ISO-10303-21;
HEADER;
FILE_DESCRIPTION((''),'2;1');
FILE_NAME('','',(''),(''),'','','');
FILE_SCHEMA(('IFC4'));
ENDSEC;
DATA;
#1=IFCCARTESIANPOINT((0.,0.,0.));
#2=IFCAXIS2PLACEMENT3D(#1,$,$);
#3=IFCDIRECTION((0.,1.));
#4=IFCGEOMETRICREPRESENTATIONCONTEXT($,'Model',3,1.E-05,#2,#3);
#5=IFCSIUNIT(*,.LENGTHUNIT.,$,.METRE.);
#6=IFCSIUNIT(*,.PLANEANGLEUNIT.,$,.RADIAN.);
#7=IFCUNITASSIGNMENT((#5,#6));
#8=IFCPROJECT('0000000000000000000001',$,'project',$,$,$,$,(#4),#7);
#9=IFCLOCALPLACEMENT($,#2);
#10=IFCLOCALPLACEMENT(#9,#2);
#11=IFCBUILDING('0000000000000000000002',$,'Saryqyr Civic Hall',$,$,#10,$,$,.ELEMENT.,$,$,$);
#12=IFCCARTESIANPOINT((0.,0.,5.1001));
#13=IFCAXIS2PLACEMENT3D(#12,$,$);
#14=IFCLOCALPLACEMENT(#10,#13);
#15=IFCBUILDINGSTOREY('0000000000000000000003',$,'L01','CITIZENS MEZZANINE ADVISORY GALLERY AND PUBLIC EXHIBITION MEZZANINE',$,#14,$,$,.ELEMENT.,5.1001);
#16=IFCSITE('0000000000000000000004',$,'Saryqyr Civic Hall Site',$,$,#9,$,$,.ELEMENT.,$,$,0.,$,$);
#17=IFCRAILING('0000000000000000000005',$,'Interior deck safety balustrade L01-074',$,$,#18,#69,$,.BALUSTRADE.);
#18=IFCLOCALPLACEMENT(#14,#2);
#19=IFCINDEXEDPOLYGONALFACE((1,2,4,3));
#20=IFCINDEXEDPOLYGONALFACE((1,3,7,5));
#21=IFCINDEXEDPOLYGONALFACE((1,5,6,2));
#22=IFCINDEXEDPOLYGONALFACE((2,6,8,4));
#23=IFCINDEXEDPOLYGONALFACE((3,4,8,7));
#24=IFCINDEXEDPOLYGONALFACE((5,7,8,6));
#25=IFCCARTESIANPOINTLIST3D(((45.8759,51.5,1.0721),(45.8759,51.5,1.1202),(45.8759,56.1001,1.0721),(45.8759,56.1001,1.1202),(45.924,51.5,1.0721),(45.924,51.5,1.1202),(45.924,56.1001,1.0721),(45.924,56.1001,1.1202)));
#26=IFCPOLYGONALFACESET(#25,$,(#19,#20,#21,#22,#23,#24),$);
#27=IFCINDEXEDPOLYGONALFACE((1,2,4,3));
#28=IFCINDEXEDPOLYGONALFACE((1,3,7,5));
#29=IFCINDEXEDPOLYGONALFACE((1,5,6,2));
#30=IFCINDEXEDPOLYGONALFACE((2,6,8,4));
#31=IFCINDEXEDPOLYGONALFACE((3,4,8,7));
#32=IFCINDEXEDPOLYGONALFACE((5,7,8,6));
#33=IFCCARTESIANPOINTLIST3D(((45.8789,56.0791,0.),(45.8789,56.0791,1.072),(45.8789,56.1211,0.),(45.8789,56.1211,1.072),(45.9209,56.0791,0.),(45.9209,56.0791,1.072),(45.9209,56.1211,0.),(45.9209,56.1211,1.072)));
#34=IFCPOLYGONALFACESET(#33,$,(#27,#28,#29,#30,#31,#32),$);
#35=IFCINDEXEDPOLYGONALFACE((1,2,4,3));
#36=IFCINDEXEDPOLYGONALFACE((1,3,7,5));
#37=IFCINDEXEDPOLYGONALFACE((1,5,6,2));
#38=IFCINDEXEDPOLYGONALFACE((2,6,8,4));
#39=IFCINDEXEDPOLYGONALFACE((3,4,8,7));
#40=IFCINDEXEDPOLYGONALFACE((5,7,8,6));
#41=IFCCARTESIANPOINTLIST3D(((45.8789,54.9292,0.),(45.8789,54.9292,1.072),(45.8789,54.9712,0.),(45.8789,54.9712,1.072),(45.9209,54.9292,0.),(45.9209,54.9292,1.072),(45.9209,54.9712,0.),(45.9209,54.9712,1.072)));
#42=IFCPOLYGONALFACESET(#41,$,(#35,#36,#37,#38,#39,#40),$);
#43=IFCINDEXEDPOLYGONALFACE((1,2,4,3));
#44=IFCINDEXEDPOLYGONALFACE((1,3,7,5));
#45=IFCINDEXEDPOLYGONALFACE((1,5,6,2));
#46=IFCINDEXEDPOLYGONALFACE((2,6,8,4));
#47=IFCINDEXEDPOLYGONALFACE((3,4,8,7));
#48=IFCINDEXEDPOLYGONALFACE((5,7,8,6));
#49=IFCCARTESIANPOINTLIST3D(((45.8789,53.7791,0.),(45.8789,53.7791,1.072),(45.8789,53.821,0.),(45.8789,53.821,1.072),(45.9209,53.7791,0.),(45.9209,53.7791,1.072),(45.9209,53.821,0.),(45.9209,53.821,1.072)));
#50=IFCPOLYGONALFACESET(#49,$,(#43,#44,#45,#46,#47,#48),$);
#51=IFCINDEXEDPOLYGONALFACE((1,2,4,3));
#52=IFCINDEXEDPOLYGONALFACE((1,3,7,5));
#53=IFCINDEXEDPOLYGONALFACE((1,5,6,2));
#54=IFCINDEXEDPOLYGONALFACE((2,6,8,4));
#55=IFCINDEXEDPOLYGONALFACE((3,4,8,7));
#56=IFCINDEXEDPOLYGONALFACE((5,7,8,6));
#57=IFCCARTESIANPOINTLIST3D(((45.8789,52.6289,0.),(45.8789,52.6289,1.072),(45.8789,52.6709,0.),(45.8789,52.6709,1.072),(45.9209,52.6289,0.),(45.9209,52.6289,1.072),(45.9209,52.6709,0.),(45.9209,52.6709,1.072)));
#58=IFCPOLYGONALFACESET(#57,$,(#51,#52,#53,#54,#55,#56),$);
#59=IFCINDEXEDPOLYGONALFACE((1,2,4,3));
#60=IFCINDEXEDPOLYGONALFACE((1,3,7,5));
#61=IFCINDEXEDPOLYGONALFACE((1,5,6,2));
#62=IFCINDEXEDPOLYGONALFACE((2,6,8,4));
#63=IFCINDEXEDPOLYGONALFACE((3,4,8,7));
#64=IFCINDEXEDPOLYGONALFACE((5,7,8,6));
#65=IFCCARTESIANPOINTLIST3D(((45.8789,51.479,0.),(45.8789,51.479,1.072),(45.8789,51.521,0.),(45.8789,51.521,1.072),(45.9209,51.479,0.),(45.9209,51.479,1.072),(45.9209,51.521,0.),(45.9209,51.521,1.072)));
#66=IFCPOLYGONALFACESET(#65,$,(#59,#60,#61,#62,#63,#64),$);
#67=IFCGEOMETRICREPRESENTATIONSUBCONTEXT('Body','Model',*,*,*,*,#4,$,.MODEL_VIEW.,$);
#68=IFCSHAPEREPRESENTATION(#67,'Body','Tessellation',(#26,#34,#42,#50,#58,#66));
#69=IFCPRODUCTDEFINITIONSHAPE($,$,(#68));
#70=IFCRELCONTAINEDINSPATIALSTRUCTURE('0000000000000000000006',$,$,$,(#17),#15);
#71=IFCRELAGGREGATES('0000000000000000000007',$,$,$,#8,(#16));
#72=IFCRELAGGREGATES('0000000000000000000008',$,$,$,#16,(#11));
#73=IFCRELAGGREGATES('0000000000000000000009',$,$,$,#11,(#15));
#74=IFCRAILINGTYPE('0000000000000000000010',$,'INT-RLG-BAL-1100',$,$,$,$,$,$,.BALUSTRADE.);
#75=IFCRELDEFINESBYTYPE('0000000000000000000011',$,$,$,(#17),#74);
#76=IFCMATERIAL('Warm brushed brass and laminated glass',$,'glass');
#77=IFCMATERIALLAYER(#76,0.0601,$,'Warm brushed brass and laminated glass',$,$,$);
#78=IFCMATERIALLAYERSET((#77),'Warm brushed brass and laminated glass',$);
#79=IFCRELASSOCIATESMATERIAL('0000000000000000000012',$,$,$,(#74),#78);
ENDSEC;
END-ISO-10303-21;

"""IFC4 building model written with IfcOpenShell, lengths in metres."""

from ifc_helpers import new_model, si_unit, direction, frame, origin, origin_2d, place, context, subcontext, project, spatial, rectangle, extrude, material, layer, layer_set, type_object, element, save


model = new_model("IFC4")

# Units and contexts
model_context = context("Model", 3, precision=1e-05, world=origin(), true_north=direction((0.0, 1.0)))
body_context = subcontext(model_context, "Body", "Model", "MODEL_VIEW")
ifc_project = project(units=[si_unit("LENGTHUNIT", "METRE"), si_unit("PLANEANGLEUNIT", "RADIAN")], contexts=[model_context])

# Site, building, storey
site_placement = place(None, origin())
site = spatial("IfcSite", under=ifc_project, at=site_placement, Name="Saryqyr Civic Hall Site", CompositionType="ELEMENT", RefElevation=0.0)
building_placement = place(site_placement, origin())
building = spatial("IfcBuilding", under=site, at=building_placement, Name="Saryqyr Civic Hall", CompositionType="ELEMENT")
storey_placement = place(building_placement, frame((0.0, 0.0, 5.1001)))
storey = spatial("IfcBuildingStorey", under=building, at=storey_placement, Name="L01", Description="CITIZENS MEZZANINE ADVISORY GALLERY AND PUBLIC EXHIBITION MEZZANINE", CompositionType="ELEMENT", Elevation=5.1001)

# Railing
ifc_material_1 = material(Name="Warm brushed brass and laminated glass", Category="glass")
ifc_layer_1 = layer(ifc_material_1, 0.0601, Name="Warm brushed brass and laminated glass")
ifc_layer_set_1 = layer_set([ifc_layer_1], Name="Warm brushed brass and laminated glass")
railing_type = type_object("IfcRailingType", Name="INT-RLG-BAL-1100", PredefinedType="BALUSTRADE", material=ifc_layer_set_1)
railing_1_placement = place(storey_placement, frame((45.8999, 56.1001, 0.0)))
element("IfcRailing", 1, at=railing_1_placement, inside=storey, type_object=railing_type, Name="Interior deck safety balustrade L01-074", PredefinedType="BALUSTRADE", context=body_context, shape_type="SweptSolid", body=[
    extrude(rectangle(XDim=0.0481, YDim=0.0481, at=origin_2d()), frame((0.0, 0.0, 1.0962), z_axis=(0.0, -1.0, 0.0), x_axis=(1.0, 0.0, 0.0)), (0.0, 0.0, 1.0), 4.6001),
    extrude(rectangle(XDim=0.042, YDim=0.042, at=origin_2d()), origin(), (0.0, 0.0, 1.0), 1.072),
    extrude(rectangle(XDim=0.042, YDim=0.042, at=origin_2d()), frame((0.0, -1.1499, 0.0)), (0.0, 0.0, 1.0), 1.072),
    extrude(rectangle(XDim=0.042, YDim=0.042, at=origin_2d()), frame((0.0, -2.3, 0.0)), (0.0, 0.0, 1.0), 1.072),
    extrude(rectangle(XDim=0.042, YDim=0.042, at=origin_2d()), frame((0.0, -3.4502, 0.0)), (0.0, 0.0, 1.0), 1.072),
    extrude(rectangle(XDim=0.042, YDim=0.042, at=origin_2d()), frame((0.0, -4.6001, 0.0)), (0.0, 0.0, 1.0), 1.072),
])

save(model, "model.ifc")
